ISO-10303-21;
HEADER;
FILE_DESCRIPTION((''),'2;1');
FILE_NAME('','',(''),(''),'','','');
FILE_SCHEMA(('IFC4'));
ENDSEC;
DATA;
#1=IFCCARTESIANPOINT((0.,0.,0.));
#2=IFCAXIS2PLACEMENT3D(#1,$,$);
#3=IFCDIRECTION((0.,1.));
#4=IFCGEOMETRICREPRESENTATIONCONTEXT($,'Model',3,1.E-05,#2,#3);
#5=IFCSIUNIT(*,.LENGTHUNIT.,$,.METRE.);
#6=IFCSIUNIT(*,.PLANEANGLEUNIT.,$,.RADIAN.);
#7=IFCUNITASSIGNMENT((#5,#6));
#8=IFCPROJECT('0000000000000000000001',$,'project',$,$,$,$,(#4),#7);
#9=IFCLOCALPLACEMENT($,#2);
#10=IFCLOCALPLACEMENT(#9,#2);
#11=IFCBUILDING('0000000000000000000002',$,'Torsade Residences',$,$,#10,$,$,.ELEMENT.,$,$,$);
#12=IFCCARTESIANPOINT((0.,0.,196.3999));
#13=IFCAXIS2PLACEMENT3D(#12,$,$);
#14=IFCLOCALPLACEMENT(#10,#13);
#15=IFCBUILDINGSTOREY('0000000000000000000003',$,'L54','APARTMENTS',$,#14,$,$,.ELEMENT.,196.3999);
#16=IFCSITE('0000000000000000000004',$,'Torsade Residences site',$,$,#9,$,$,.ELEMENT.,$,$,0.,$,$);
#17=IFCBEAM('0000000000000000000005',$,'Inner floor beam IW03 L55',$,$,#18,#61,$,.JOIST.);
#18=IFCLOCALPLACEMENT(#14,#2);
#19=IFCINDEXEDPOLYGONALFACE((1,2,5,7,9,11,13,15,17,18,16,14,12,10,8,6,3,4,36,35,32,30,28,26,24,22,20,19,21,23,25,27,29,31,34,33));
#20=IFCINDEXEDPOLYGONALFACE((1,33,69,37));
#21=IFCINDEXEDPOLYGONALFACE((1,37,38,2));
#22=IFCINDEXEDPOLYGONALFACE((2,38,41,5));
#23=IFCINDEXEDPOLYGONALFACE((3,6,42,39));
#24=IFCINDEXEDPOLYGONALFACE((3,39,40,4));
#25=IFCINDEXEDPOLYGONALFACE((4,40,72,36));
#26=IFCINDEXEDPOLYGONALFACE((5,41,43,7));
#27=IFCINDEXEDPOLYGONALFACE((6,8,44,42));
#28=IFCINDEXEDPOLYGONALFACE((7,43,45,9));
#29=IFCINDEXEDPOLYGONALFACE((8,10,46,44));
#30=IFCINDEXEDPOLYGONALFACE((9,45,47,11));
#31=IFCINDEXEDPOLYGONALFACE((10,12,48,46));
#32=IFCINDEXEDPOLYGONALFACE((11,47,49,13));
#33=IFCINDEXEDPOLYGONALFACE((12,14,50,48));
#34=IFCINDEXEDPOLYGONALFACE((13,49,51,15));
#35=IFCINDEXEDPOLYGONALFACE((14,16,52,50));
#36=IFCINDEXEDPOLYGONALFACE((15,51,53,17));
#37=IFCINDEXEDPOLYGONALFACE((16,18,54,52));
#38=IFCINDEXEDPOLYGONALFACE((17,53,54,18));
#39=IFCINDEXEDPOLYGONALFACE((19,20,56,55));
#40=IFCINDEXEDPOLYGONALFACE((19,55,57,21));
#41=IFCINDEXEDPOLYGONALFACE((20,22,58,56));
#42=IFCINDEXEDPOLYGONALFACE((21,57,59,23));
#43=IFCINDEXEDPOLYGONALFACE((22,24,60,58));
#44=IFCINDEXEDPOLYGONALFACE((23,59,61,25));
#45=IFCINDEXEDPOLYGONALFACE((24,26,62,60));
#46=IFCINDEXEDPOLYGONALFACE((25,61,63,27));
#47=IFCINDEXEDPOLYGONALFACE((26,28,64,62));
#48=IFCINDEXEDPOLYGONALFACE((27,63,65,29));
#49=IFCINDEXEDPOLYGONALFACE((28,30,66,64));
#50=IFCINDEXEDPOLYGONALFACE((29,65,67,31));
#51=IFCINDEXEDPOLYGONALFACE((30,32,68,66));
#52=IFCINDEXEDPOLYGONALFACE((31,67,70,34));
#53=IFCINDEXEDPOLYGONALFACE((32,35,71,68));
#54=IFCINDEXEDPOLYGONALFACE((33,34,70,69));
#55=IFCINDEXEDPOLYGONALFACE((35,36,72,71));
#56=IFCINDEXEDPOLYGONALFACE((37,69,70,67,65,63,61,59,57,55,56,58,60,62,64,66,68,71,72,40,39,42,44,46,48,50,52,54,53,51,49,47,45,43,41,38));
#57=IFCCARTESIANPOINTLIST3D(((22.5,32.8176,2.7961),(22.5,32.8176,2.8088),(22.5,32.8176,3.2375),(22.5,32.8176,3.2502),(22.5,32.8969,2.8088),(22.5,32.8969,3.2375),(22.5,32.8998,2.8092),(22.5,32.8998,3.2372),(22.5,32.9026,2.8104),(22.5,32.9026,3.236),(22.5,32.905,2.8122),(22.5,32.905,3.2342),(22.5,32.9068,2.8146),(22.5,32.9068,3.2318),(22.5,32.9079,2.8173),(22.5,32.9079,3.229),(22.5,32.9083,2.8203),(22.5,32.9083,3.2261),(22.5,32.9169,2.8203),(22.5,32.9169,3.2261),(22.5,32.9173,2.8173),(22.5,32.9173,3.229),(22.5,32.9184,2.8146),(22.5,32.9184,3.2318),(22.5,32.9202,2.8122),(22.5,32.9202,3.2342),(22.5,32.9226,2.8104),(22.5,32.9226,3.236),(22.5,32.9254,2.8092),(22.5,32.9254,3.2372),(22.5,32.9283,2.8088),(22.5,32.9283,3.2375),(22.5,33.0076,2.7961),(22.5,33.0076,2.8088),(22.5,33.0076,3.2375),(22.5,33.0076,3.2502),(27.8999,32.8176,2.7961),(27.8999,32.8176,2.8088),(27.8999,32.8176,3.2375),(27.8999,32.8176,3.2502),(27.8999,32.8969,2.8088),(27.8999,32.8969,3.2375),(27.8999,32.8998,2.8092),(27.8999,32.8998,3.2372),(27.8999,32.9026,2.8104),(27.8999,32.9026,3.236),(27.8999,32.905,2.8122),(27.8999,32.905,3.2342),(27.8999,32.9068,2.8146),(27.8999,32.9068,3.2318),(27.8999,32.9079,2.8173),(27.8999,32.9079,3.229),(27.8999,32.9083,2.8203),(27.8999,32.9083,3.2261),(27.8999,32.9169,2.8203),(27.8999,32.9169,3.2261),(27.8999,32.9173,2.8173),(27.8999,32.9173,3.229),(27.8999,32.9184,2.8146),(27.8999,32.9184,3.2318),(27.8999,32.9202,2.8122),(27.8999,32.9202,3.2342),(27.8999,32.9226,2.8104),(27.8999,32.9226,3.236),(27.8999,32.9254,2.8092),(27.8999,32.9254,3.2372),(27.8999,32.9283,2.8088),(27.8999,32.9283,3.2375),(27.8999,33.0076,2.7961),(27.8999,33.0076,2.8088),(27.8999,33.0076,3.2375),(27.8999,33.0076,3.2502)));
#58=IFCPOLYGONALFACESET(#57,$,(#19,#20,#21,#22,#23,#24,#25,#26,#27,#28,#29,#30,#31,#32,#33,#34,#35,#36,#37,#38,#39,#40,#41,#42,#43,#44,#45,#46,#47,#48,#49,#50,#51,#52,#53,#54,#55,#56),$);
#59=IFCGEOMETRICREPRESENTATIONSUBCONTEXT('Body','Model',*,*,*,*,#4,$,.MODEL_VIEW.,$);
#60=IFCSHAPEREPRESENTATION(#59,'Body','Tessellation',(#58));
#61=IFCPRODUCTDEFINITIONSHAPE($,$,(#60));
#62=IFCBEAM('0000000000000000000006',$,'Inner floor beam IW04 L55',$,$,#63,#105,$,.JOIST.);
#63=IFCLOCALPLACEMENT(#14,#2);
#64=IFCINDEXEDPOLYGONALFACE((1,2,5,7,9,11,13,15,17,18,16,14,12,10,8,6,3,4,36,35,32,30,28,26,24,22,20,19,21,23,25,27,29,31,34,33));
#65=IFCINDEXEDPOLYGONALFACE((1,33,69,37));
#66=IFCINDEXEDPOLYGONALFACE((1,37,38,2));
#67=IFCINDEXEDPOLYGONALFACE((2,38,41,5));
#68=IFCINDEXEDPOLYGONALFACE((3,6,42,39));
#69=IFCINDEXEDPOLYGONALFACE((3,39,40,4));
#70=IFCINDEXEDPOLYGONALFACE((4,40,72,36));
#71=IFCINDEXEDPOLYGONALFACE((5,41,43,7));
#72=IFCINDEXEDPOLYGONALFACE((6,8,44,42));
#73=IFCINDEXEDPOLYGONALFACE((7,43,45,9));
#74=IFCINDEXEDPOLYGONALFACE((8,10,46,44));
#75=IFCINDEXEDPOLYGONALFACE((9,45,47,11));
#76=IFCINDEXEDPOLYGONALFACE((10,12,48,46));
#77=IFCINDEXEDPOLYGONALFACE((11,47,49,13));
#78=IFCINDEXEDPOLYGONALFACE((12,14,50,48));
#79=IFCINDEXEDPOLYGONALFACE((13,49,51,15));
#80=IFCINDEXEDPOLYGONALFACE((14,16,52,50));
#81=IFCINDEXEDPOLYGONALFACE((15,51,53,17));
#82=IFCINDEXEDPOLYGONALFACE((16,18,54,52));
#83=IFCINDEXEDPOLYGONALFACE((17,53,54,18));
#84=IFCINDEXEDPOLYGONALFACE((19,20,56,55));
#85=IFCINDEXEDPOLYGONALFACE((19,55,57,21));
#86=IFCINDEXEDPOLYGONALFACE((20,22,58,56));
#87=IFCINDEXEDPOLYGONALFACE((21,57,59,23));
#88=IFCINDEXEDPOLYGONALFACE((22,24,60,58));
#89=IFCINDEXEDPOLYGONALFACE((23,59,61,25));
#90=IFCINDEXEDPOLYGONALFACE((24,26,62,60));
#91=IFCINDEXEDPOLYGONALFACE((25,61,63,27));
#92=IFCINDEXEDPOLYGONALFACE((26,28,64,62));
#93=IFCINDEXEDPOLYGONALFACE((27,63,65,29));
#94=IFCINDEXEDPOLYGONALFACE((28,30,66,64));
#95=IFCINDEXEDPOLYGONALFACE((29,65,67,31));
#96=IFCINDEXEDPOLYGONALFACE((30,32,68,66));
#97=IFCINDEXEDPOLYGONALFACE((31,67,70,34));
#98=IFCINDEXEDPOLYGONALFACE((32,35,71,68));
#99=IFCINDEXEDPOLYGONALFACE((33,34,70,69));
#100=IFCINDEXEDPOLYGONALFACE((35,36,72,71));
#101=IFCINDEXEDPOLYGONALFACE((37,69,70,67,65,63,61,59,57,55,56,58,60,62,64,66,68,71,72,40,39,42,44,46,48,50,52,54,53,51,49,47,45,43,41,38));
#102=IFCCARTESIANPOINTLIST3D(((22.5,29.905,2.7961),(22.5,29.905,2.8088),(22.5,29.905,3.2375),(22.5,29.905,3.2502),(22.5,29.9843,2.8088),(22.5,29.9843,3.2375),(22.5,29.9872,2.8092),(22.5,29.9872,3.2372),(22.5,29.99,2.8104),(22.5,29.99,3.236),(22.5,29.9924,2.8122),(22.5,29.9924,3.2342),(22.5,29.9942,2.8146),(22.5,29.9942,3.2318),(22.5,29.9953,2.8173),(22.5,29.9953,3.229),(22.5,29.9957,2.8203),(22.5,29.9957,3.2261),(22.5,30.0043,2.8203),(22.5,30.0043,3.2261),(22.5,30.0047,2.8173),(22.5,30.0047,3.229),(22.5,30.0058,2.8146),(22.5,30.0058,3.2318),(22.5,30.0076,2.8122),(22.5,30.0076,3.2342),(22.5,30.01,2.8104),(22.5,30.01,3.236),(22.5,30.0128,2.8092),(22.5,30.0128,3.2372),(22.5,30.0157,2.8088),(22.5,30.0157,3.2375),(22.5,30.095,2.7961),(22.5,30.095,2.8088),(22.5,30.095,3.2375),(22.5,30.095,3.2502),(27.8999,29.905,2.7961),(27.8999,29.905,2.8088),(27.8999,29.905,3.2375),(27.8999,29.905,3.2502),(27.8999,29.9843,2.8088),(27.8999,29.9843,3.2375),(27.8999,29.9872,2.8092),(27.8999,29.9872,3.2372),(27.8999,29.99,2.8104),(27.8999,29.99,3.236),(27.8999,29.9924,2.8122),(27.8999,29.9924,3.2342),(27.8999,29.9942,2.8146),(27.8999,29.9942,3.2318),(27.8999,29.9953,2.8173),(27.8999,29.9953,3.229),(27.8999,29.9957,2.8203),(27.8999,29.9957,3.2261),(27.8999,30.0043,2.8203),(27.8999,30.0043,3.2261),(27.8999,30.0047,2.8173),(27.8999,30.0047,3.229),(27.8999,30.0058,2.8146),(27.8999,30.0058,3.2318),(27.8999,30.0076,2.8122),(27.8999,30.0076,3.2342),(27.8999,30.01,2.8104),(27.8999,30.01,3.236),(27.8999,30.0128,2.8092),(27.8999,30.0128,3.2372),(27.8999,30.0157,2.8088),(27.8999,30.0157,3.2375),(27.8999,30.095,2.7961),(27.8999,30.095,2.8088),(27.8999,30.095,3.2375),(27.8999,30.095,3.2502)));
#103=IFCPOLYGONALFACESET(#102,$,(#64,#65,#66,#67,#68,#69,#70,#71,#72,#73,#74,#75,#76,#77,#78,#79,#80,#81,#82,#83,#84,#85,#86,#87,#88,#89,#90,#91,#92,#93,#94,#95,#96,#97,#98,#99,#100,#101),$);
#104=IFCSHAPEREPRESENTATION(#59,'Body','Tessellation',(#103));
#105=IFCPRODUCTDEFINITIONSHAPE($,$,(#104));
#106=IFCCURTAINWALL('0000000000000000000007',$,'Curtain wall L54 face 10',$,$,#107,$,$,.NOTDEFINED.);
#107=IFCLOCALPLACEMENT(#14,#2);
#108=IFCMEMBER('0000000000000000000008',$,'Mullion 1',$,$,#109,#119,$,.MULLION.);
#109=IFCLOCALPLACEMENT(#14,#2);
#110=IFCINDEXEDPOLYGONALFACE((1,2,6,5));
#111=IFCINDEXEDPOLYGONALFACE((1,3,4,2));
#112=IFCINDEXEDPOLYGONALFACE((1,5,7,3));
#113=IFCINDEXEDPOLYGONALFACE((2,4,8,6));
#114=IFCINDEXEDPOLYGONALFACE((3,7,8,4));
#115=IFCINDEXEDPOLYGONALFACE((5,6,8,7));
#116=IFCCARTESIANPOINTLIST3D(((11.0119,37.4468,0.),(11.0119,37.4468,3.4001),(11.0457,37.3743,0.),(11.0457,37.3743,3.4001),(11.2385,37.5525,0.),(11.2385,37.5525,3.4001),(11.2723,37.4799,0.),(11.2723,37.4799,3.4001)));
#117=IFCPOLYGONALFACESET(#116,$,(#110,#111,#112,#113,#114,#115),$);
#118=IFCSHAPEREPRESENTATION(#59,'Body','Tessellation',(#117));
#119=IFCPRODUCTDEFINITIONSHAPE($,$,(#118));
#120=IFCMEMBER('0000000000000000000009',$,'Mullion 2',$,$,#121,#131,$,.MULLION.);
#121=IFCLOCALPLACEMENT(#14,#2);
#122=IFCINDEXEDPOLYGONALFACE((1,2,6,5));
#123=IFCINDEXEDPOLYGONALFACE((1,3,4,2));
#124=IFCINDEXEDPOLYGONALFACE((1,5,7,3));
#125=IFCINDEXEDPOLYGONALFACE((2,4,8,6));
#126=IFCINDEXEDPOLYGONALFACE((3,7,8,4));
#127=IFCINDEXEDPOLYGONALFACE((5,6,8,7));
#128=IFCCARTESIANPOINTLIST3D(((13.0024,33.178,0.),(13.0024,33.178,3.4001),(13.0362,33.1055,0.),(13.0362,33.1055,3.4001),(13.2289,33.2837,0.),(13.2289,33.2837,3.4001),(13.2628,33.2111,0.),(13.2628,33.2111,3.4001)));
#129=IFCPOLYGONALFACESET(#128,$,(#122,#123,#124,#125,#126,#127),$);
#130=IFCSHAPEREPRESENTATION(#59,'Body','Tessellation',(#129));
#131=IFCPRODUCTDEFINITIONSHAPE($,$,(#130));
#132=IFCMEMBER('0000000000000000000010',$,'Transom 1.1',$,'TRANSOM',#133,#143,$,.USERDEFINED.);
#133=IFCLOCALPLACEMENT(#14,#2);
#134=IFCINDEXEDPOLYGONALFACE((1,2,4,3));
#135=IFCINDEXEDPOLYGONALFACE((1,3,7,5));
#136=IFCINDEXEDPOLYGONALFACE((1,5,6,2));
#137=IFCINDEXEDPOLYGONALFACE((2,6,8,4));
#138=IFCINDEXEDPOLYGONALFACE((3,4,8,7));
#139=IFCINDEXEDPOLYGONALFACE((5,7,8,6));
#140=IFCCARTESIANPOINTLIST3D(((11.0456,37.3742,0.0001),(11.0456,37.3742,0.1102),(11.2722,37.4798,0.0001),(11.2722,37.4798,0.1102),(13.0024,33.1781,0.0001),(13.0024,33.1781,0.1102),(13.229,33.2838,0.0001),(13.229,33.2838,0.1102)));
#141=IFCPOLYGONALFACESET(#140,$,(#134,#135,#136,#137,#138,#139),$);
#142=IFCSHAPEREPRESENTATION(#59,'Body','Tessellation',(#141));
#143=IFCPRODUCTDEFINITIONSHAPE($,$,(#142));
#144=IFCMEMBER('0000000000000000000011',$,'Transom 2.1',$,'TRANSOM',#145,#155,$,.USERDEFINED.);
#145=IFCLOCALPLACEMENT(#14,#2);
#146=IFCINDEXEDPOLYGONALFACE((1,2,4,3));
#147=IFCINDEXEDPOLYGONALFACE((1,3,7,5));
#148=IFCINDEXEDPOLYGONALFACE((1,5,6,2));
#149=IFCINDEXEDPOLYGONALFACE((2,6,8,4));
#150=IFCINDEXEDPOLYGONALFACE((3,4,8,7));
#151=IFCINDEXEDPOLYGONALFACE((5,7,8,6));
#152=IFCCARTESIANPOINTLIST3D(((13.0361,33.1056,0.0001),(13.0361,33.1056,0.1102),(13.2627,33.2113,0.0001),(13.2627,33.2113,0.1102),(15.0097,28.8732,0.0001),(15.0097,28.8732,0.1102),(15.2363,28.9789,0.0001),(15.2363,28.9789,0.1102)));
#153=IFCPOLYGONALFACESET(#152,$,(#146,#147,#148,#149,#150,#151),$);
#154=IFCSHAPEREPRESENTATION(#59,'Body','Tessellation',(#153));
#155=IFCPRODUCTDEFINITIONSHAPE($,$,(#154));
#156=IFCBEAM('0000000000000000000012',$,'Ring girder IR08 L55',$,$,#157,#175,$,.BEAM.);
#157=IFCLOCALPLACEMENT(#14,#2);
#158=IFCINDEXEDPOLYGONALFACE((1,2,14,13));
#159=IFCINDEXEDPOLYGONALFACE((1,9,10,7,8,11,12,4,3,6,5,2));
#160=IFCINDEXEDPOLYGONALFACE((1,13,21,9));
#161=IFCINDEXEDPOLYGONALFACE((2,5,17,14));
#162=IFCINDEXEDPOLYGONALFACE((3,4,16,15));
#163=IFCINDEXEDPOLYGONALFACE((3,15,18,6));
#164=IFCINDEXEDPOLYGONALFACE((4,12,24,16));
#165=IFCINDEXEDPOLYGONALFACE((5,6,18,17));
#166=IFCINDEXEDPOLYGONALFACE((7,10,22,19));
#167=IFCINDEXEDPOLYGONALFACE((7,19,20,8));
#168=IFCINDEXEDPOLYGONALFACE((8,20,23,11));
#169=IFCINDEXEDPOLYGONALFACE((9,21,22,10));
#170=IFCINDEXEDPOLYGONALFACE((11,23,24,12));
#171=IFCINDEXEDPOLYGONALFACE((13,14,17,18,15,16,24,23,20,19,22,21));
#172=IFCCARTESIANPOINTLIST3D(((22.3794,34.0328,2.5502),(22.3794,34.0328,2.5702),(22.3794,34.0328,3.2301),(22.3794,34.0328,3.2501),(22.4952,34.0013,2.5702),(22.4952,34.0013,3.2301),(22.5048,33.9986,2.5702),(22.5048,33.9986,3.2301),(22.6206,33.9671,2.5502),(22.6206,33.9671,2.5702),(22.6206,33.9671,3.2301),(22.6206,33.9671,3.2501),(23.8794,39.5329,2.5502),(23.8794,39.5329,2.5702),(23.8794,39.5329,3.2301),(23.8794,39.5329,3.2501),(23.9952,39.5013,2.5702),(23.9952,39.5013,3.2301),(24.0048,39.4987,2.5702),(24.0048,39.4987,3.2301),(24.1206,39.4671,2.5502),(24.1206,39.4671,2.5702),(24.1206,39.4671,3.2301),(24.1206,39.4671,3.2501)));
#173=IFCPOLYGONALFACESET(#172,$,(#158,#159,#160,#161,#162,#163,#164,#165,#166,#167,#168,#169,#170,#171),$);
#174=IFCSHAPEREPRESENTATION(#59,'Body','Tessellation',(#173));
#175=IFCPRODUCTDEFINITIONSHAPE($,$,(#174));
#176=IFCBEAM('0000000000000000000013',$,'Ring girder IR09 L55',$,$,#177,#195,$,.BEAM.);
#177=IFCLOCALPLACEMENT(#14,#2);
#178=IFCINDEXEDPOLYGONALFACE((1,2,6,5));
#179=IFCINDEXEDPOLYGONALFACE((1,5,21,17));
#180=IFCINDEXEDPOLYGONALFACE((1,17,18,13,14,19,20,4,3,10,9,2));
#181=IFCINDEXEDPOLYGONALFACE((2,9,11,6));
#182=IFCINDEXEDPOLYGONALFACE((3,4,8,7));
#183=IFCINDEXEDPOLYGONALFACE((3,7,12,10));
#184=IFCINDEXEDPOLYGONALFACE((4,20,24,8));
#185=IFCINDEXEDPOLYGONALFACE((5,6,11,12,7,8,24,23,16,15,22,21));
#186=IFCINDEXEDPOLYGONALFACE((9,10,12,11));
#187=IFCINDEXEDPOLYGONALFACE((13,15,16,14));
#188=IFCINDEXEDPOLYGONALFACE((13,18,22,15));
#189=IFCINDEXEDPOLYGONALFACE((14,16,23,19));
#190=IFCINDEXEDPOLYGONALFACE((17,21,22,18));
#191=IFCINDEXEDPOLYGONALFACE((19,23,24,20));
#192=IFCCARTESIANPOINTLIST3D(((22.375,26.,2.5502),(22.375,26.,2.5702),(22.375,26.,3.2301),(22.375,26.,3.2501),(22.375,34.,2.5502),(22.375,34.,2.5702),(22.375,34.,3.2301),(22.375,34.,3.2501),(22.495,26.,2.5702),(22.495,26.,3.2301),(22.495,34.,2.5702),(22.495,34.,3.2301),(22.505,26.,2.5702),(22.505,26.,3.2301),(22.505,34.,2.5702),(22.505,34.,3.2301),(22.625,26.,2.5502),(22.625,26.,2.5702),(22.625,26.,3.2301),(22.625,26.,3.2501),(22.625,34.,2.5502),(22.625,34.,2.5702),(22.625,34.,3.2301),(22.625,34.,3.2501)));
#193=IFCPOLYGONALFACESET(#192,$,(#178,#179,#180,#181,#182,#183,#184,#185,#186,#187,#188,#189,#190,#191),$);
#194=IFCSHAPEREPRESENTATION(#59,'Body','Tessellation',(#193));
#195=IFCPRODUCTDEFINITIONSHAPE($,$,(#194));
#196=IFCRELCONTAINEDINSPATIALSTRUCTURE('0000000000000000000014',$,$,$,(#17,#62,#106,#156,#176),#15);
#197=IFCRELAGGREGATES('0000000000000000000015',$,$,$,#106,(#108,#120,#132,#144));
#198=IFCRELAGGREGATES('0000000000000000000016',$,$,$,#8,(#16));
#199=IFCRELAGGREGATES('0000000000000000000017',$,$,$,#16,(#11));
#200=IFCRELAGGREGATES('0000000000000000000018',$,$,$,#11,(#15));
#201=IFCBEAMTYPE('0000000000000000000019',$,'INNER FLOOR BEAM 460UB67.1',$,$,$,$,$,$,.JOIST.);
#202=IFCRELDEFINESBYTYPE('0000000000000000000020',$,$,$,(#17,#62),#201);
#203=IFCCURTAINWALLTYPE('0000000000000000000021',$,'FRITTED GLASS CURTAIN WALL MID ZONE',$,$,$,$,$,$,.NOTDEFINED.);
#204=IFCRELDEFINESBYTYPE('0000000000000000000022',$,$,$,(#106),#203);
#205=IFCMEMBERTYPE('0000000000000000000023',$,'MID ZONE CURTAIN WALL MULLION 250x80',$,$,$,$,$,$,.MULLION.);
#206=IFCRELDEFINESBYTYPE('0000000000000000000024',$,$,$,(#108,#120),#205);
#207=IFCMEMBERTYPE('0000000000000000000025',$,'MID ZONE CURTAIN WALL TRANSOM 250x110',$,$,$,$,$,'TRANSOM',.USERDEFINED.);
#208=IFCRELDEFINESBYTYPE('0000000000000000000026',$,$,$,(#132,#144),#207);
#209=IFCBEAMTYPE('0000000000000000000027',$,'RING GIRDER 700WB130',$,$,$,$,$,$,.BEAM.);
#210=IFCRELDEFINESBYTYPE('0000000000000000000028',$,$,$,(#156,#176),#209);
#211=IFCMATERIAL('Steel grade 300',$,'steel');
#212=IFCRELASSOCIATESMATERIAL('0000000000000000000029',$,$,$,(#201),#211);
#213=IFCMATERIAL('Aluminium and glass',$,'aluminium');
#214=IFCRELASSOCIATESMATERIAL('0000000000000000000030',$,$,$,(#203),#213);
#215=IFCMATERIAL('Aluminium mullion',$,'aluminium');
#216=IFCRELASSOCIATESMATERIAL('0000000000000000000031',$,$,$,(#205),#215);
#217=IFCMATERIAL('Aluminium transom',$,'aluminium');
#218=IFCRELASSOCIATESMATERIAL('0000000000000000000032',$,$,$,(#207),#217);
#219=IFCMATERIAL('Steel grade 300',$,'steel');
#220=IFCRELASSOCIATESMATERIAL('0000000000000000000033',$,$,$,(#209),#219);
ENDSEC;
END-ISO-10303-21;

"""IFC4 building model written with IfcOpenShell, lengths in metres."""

from ifc_helpers import new_model, si_unit, direction, frame, origin, origin_2d, place, context, subcontext, project, spatial, rectangle, i_section, extrude, material, material_profile, profile_set, type_object, element, aggregate, save


model = new_model("IFC4")

# Units and contexts
model_context = context("Model", 3, precision=1e-05, world=origin(), true_north=direction((0.0, 1.0)))
body_context = subcontext(model_context, "Body", "Model", "MODEL_VIEW")
ifc_project = project(units=[si_unit("LENGTHUNIT", "METRE"), si_unit("PLANEANGLEUNIT", "RADIAN")], contexts=[model_context])

# Site, building, storey
site_placement = place(None, origin())
site = spatial("IfcSite", under=ifc_project, at=site_placement, Name="Torsade Residences site", CompositionType="ELEMENT", RefElevation=0.0)
building_placement = place(site_placement, origin())
building = spatial("IfcBuilding", under=site, at=building_placement, Name="Torsade Residences", CompositionType="ELEMENT")
storey_placement = place(building_placement, frame((0.0, 0.0, 196.3999)))
storey = spatial("IfcBuildingStorey", under=building, at=storey_placement, Name="L54", Description="APARTMENTS", CompositionType="ELEMENT", Elevation=196.3999)

# Beams
ifc_material_1 = material(Name="Steel grade 300", Category="steel")
ifc_material_profile_1 = material_profile(ifc_material_1, i_section(OverallWidth=0.1899, OverallDepth=0.4541, WebThickness=0.0085, FlangeThickness=0.0127, FilletRadius=0.0115, at=origin_2d()), Name="460UB67.1")
ifc_profile_set_1 = profile_set([ifc_material_profile_1], Name="Steel grade 300")
beam_type_1 = type_object("IfcBeamType", Name="INNER FLOOR BEAM 460UB67.1", PredefinedType="JOIST", material=ifc_profile_set_1)
for number, where, z_axis, x_axis, name in (
    (1, (27.8999, 32.9126, 3.0232), (-1.0, 0.0, 0.0), (0.0, -1.0, 0.0), "Inner floor beam IW03 L55"),
    (2, (27.8999, 30.0, 3.0232), (-1.0, 0.0, 0.0), (0.0, -1.0, 0.0), "Inner floor beam IW04 L55"),
):
    element("IfcBeam", number, at=place(storey_placement, frame(where, z_axis=z_axis, x_axis=x_axis)), inside=storey, type_object=beam_type_1, Name=name, PredefinedType="JOIST", context=body_context, shape_type="SweptSolid", body=[
        extrude(i_section(OverallWidth=0.1899, OverallDepth=0.4541, WebThickness=0.0085, FlangeThickness=0.0127, FilletRadius=0.0115, at=origin_2d()), origin(), (0.0, 0.0, 1.0), 5.3999),
    ])

# Curtain wall, members
ifc_material_2 = material(Name="Aluminium and glass", Category="aluminium")
curtain_wall_type = type_object("IfcCurtainWallType", Name="FRITTED GLASS CURTAIN WALL MID ZONE", PredefinedType="NOTDEFINED", material=ifc_material_2)
curtain_wall_placement = place(storey_placement, origin())
curtain_wall = element("IfcCurtainWall", 3, at=curtain_wall_placement, inside=storey, type_object=curtain_wall_type, Name="Curtain wall L54 face 10", PredefinedType="NOTDEFINED")
ifc_material_3 = material(Name="Aluminium mullion", Category="aluminium")
ifc_material_profile_2 = material_profile(ifc_material_3, rectangle(XDim=0.25, YDim=0.0801, at=origin_2d()), Name="MID ZONE CURTAIN WALL MULLION 250x80")
ifc_profile_set_2 = profile_set([ifc_material_profile_2], Name="Aluminium mullion")
member_type_1 = type_object("IfcMemberType", Name="MID ZONE CURTAIN WALL MULLION 250x80", PredefinedType="MULLION", material=ifc_profile_set_2)
member_1_placement = place(storey_placement, frame((11.1421, 37.4634, 0.0), z_axis=(0.0, 0.0, 1.0), x_axis=(0.906308, 0.422618, 0.0)))
member_1 = element("IfcMember", 4, at=member_1_placement, type_object=member_type_1, Name="Mullion 1", PredefinedType="MULLION", context=body_context, shape_type="SweptSolid", body=[
    extrude(rectangle(XDim=0.25, YDim=0.0801, at=origin_2d()), origin(), (0.0, 0.0, 1.0), 3.4001),
])
member_2_placement = place(storey_placement, frame((13.1326, 33.1946, 0.0), z_axis=(0.0, 0.0, 1.0), x_axis=(0.906308, 0.422618, 0.0)))
member_2 = element("IfcMember", 5, at=member_2_placement, type_object=member_type_1, Name="Mullion 2", PredefinedType="MULLION", context=body_context, shape_type="SweptSolid", body=[
    extrude(rectangle(XDim=0.25, YDim=0.0801, at=origin_2d()), origin(), (0.0, 0.0, 1.0), 3.4001),
])
ifc_material_4 = material(Name="Aluminium transom", Category="aluminium")
ifc_material_profile_3 = material_profile(ifc_material_4, rectangle(XDim=0.25, YDim=0.1101, at=origin_2d()), Name="MID ZONE CURTAIN WALL TRANSOM 250x110")
ifc_profile_set_3 = profile_set([ifc_material_profile_3], Name="Aluminium transom")
member_type_2 = type_object("IfcMemberType", Name="MID ZONE CURTAIN WALL TRANSOM 250x110", ElementType="TRANSOM", PredefinedType="USERDEFINED", material=ifc_profile_set_3)
member_3_placement = place(storey_placement, frame((11.1589, 37.427, 0.0552), z_axis=(0.422643, -0.906296, 0.0), x_axis=(0.906296, 0.422643, 0.0)))
member_3 = element("IfcMember", 6, at=member_3_placement, type_object=member_type_2, Name="Transom 1.1", ObjectType="TRANSOM", PredefinedType="USERDEFINED", context=body_context, shape_type="SweptSolid", body=[
    extrude(rectangle(XDim=0.25, YDim=0.1101, at=origin_2d()), origin(), (0.0, 0.0, 1.0), 4.6299),
])
member_4_placement = place(storey_placement, frame((13.1494, 33.1584, 0.0552), z_axis=(0.422622, -0.906306, 0.0), x_axis=(0.906306, 0.422622, 0.0)))
member_4 = element("IfcMember", 7, at=member_4_placement, type_object=member_type_2, Name="Transom 2.1", ObjectType="TRANSOM", PredefinedType="USERDEFINED", context=body_context, shape_type="SweptSolid", body=[
    extrude(rectangle(XDim=0.25, YDim=0.1101, at=origin_2d()), origin(), (0.0, 0.0, 1.0), 4.6699),
])

# Beams
ifc_material_5 = material(Name="Steel grade 300", Category="steel")
ifc_material_profile_4 = material_profile(ifc_material_5, i_section(OverallWidth=0.25, OverallDepth=0.7, WebThickness=0.01, FlangeThickness=0.02, at=origin_2d()), Name="700WB130")
ifc_profile_set_4 = profile_set([ifc_material_profile_4], Name="Steel grade 300")
beam_type_2 = type_object("IfcBeamType", Name="RING GIRDER 700WB130", PredefinedType="BEAM", material=ifc_profile_set_4)
beam_1_placement = place(storey_placement, frame((24.0, 39.5, 2.9001), z_axis=(-0.263117, -0.964764, 0.0), x_axis=(0.964764, -0.263117, 0.0)))
element("IfcBeam", 8, at=beam_1_placement, inside=storey, type_object=beam_type_2, Name="Ring girder IR08 L55", PredefinedType="BEAM", context=body_context, shape_type="SweptSolid", body=[
    extrude(i_section(OverallWidth=0.25, OverallDepth=0.7, WebThickness=0.01, FlangeThickness=0.02, at=origin_2d()), origin(), (0.0, 0.0, 1.0), 5.7009),
])
beam_2_placement = place(storey_placement, frame((22.5, 34.0, 2.9001), z_axis=(0.0, -1.0, 0.0), x_axis=(1.0, 0.0, 0.0)))
element("IfcBeam", 9, at=beam_2_placement, inside=storey, type_object=beam_type_2, Name="Ring girder IR09 L55", PredefinedType="BEAM", context=body_context, shape_type="SweptSolid", body=[
    extrude(i_section(OverallWidth=0.25, OverallDepth=0.7, WebThickness=0.01, FlangeThickness=0.02, at=origin_2d()), origin(), (0.0, 0.0, 1.0), 8.0),
])

aggregate(curtain_wall, [member_1, member_2, member_3, member_4])

save(model, "model.ifc")
